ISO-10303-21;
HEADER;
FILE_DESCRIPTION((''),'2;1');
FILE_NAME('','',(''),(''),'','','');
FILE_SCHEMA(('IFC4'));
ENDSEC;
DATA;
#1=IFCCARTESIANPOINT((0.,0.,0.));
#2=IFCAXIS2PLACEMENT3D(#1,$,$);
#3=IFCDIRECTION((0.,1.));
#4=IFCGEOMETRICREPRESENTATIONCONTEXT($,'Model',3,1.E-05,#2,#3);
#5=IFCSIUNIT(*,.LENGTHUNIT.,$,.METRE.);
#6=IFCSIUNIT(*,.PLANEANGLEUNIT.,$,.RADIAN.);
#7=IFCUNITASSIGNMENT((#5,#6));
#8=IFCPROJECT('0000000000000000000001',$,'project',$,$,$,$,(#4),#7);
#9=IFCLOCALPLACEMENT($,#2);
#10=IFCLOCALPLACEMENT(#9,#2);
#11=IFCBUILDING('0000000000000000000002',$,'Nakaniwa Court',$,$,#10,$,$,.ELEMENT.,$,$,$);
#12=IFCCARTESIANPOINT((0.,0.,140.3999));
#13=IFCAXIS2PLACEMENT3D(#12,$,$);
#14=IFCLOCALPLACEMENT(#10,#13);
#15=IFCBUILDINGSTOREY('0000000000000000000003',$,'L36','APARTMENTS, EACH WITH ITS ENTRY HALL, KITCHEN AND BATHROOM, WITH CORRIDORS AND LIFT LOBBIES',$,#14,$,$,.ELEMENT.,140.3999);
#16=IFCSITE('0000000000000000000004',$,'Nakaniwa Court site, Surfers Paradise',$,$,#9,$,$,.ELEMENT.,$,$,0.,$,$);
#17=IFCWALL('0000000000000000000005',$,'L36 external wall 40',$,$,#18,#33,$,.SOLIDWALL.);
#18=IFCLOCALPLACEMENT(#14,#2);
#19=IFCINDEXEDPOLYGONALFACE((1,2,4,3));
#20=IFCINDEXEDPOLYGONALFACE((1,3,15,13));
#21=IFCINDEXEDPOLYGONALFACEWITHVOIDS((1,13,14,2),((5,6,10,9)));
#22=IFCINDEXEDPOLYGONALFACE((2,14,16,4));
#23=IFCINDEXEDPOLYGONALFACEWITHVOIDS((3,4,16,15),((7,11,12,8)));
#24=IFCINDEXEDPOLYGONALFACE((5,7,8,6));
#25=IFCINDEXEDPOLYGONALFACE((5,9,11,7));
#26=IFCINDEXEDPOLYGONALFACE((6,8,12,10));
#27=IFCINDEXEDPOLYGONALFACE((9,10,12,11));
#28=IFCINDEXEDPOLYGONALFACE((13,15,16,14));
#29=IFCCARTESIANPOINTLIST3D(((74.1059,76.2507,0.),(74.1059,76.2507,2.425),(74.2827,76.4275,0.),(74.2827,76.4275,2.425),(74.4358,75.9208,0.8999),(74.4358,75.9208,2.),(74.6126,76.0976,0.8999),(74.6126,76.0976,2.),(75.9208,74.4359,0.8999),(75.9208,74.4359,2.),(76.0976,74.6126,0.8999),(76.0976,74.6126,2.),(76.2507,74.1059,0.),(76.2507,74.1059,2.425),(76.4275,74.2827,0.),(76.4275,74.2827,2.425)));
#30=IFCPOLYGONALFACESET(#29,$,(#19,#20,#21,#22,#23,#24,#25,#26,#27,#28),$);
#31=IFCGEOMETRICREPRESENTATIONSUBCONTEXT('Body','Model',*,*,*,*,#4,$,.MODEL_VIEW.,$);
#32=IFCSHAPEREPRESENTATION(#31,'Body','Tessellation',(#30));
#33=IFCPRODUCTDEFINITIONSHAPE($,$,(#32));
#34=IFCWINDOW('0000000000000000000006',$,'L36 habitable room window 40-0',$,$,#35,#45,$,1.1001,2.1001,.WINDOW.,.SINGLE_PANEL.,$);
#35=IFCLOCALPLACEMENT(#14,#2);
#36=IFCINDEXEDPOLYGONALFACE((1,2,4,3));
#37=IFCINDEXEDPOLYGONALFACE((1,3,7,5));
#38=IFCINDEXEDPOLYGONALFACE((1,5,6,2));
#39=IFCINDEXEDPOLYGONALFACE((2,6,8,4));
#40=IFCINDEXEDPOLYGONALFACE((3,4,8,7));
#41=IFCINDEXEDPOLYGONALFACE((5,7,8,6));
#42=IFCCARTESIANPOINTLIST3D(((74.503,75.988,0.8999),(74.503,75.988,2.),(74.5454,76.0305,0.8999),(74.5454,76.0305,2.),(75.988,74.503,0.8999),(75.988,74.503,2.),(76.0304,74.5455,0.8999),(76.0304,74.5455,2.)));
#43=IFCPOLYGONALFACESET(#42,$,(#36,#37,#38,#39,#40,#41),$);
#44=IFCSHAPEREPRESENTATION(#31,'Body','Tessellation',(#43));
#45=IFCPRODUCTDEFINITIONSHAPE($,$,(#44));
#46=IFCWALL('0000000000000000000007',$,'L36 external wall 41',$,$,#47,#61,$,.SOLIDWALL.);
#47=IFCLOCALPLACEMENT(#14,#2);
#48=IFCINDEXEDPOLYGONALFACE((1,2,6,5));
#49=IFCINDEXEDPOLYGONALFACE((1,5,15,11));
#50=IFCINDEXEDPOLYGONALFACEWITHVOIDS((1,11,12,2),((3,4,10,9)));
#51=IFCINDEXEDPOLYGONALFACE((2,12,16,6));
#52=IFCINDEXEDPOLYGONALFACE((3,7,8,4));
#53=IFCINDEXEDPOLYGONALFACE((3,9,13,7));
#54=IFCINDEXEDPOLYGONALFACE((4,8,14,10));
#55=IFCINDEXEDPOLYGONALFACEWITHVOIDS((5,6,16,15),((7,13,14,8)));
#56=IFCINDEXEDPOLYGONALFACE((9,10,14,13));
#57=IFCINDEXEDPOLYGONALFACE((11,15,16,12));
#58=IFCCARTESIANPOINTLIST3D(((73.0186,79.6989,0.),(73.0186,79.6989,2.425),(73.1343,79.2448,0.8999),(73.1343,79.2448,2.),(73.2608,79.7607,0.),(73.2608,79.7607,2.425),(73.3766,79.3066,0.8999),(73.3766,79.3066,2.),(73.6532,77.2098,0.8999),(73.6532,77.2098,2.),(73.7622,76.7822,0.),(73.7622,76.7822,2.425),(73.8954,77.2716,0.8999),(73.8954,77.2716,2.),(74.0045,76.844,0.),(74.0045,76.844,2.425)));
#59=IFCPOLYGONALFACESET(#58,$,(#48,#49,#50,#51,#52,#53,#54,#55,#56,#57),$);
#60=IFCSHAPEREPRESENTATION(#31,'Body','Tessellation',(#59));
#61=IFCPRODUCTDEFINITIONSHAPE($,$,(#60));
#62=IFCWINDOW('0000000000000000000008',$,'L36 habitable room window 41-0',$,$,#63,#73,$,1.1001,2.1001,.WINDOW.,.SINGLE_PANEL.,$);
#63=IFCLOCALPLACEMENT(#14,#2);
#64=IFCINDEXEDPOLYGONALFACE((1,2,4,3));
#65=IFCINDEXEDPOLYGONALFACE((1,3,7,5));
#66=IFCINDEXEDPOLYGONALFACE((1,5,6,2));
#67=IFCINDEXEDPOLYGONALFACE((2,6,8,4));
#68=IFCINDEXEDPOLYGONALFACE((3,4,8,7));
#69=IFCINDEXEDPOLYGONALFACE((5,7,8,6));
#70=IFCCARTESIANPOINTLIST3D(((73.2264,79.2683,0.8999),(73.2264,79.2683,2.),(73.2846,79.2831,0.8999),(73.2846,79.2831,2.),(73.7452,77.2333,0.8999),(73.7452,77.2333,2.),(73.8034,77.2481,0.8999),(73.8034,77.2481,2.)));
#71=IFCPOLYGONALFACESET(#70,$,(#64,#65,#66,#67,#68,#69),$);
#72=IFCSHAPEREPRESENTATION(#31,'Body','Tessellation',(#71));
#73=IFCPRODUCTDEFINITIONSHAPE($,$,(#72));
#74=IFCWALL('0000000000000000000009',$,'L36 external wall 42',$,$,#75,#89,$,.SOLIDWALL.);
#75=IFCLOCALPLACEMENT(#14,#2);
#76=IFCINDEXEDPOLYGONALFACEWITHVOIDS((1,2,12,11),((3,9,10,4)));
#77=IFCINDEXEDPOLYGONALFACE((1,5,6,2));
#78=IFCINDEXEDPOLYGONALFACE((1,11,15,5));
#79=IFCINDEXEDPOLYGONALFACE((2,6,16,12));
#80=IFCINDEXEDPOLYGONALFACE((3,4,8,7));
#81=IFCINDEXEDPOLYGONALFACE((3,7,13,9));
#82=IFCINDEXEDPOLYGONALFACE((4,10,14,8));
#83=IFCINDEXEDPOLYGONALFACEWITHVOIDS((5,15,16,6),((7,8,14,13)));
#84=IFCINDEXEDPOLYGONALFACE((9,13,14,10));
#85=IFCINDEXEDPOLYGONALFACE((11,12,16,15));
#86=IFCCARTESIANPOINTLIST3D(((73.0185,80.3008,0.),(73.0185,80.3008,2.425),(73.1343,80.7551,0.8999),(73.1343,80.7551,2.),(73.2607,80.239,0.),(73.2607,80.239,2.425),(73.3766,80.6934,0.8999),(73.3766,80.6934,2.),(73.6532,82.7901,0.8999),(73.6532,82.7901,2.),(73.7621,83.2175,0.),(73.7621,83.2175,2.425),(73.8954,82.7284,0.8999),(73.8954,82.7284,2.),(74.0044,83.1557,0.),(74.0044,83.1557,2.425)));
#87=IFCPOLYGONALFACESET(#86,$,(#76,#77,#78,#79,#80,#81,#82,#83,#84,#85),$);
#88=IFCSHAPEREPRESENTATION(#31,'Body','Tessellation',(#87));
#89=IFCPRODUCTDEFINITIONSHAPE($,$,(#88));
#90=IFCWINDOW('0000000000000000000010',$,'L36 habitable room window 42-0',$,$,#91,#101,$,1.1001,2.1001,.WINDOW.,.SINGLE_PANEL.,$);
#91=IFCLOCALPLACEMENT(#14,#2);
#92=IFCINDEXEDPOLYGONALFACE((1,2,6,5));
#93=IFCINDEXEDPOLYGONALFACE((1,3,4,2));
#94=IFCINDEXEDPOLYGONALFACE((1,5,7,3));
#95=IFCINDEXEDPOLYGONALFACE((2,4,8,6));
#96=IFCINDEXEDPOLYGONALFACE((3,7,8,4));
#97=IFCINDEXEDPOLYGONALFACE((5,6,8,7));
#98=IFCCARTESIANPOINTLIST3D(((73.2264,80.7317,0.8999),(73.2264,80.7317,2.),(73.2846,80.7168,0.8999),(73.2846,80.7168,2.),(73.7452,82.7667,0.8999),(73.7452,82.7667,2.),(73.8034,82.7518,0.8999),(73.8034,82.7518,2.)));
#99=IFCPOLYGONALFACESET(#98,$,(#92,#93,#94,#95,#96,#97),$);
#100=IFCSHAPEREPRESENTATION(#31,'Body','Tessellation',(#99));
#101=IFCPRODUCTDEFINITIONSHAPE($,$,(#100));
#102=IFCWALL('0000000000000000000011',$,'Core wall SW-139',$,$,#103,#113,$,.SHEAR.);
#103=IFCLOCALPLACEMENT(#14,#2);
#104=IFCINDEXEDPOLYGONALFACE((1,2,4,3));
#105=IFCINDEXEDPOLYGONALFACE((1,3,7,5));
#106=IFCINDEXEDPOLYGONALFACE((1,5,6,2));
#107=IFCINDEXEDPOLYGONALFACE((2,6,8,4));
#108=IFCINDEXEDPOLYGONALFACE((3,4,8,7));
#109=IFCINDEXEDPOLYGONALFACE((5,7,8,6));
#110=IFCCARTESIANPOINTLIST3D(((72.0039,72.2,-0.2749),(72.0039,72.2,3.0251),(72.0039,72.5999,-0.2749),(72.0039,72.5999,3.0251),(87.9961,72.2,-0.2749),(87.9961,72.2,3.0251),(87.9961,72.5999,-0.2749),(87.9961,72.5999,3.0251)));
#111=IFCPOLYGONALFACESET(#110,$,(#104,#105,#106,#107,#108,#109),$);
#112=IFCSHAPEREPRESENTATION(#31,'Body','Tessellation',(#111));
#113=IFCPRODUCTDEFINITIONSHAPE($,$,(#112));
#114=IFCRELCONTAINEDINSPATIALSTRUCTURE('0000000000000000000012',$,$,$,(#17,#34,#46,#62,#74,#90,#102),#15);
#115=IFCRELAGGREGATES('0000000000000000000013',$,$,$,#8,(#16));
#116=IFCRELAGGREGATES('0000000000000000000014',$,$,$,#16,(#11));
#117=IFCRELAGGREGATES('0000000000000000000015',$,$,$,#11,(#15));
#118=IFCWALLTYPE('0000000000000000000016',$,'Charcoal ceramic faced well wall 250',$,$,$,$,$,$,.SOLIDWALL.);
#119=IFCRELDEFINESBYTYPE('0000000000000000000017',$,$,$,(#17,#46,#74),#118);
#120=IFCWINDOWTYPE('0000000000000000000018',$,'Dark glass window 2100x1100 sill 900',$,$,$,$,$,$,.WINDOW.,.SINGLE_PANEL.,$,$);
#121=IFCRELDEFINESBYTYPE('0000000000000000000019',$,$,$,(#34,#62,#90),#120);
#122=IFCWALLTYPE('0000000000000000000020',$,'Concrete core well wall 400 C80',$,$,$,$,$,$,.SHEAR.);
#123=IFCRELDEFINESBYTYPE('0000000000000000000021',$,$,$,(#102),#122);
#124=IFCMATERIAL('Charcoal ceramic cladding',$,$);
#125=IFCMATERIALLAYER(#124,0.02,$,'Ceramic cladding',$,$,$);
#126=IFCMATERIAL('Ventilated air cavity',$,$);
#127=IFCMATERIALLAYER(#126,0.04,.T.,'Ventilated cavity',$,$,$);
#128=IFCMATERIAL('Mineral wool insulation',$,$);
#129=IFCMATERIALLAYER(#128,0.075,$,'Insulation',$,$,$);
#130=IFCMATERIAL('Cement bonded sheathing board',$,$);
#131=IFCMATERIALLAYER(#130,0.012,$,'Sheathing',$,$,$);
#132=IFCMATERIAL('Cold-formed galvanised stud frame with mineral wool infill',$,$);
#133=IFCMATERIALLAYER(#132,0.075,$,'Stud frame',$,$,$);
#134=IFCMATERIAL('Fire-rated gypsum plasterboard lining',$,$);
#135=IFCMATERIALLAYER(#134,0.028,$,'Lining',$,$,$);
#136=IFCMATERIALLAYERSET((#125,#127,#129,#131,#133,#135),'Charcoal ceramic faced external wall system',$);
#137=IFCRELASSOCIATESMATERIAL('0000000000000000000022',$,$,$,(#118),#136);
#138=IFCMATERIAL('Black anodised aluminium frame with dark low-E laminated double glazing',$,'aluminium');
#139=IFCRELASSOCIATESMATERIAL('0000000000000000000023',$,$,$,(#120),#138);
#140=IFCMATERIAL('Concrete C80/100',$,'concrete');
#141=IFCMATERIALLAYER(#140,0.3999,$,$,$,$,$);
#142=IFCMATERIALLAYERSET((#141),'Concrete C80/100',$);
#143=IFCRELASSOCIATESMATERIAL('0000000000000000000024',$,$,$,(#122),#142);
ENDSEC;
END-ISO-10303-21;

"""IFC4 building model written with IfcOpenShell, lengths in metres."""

from ifc_helpers import new_model, si_unit, direction, frame, frame_2d, origin, place, context, subcontext, project, spatial, rectangle, extrude, material, layer, layer_set, type_object, element, fill, save


model = new_model("IFC4")

# Units and contexts
model_context = context("Model", 3, precision=1e-05, world=origin(), true_north=direction((0.0, 1.0)))
body_context = subcontext(model_context, "Body", "Model", "MODEL_VIEW")
ifc_project = project(units=[si_unit("LENGTHUNIT", "METRE"), si_unit("PLANEANGLEUNIT", "RADIAN")], contexts=[model_context])

# Site, building, storey
site_placement = place(None, origin())
site = spatial("IfcSite", under=ifc_project, at=site_placement, Name="Nakaniwa Court site, Surfers Paradise", CompositionType="ELEMENT", RefElevation=0.0)
building_placement = place(site_placement, origin())
building = spatial("IfcBuilding", under=site, at=building_placement, Name="Nakaniwa Court", CompositionType="ELEMENT")
storey_placement = place(building_placement, frame((0.0, 0.0, 140.3999)))
storey = spatial("IfcBuildingStorey", under=building, at=storey_placement, Name="L36", Description="APARTMENTS, EACH WITH ITS ENTRY HALL, KITCHEN AND BATHROOM, WITH CORRIDORS AND LIFT LOBBIES", CompositionType="ELEMENT", Elevation=140.3999)

# Shared definitions
ifc_material_1 = material(Name="Concrete C80/100", Category="concrete")

# Walls, openings, windows
ifc_material_2 = material(Name="Charcoal ceramic cladding")
ifc_layer_1 = layer(ifc_material_2, 0.02, Name="Ceramic cladding")
ifc_material_3 = material(Name="Ventilated air cavity")
ifc_layer_2 = layer(ifc_material_3, 0.04, ventilated=True, Name="Ventilated cavity")
ifc_material_4 = material(Name="Mineral wool insulation")
ifc_layer_3 = layer(ifc_material_4, 0.075, Name="Insulation")
ifc_material_5 = material(Name="Cement bonded sheathing board")
ifc_layer_4 = layer(ifc_material_5, 0.012, Name="Sheathing")
ifc_material_6 = material(Name="Cold-formed galvanised stud frame with mineral wool infill")
ifc_layer_5 = layer(ifc_material_6, 0.075, Name="Stud frame")
ifc_material_7 = material(Name="Fire-rated gypsum plasterboard lining")
ifc_layer_6 = layer(ifc_material_7, 0.028, Name="Lining")
ifc_layer_set_1 = layer_set([ifc_layer_1, ifc_layer_2, ifc_layer_3, ifc_layer_4, ifc_layer_5, ifc_layer_6], Name="Charcoal ceramic faced external wall system")
wall_type_1 = type_object("IfcWallType", Name="Charcoal ceramic faced well wall 250", PredefinedType="SOLIDWALL", material=ifc_layer_set_1)
wall_1_placement = place(storey_placement, frame((76.3391, 74.1943, 0.0), z_axis=(0.0, 0.0, 1.0), x_axis=(-0.707107, 0.707107, 0.0)))
wall_1 = element("IfcWall", 1, at=wall_1_placement, inside=storey, type_object=wall_type_1, Name="L36 external wall 40", PredefinedType="SOLIDWALL", context=body_context, shape_type="SweptSolid", body=[
    extrude(rectangle(XDim=3.0332, YDim=0.25, at=frame_2d((1.5166, 0.0))), origin(), (0.0, 0.0, 1.0), 2.425),
])
opening_1_placement = place(wall_1_placement, frame((0.4666, 0.0, 0.8999)))
opening_1 = element("IfcOpeningElement", 2, at=opening_1_placement, cuts=wall_1, PredefinedType="OPENING", context=body_context, shape_type="SweptSolid", body=[
    extrude(rectangle(XDim=2.1001, YDim=1.1001, at=frame_2d((1.05, 0.55))), frame((0.0, 0.135, 0.0), z_axis=(0.0, -1.0, 0.0), x_axis=(1.0, 0.0, 0.0)), (0.0, 0.0, 1.0), 0.27),
])
ifc_material_8 = material(Name="Black anodised aluminium frame with dark low-E laminated double glazing", Category="aluminium")
window_type = type_object("IfcWindowType", Name="Dark glass window 2100x1100 sill 900", PartitioningType="SINGLE_PANEL", PredefinedType="WINDOW", material=ifc_material_8)
window_1_placement = place(opening_1_placement, origin())
window_1 = element("IfcWindow", 3, at=window_1_placement, inside=storey, type_object=window_type, Name="L36 habitable room window 40-0", OverallHeight=1.1001, OverallWidth=2.1001, PartitioningType="SINGLE_PANEL", PredefinedType="WINDOW", context=body_context, shape_type="SweptSolid", body=[
    extrude(rectangle(XDim=2.1001, YDim=1.1001, at=frame_2d((1.05, 0.55))), frame((0.0, 0.03, 0.0), z_axis=(0.0, -1.0, 0.0), x_axis=(1.0, 0.0, 0.0)), (0.0, 0.0, 1.0), 0.0601),
])
fill(opening_1, window_1)
wall_2_placement = place(storey_placement, frame((73.8833, 76.8132, 0.0), z_axis=(0.0, 0.0, 1.0), x_axis=(-0.247056, 0.969001, 0.0)))
wall_2 = element("IfcWall", 4, at=wall_2_placement, inside=storey, type_object=wall_type_1, Name="L36 external wall 41", PredefinedType="SOLIDWALL", context=body_context, shape_type="SweptSolid", body=[
    extrude(rectangle(XDim=3.01, YDim=0.25, at=frame_2d((1.5049, 0.0))), origin(), (0.0, 0.0, 1.0), 2.425),
])
opening_2_placement = place(wall_2_placement, frame((0.4412, 0.0, 0.8999)))
opening_2 = element("IfcOpeningElement", 5, at=opening_2_placement, cuts=wall_2, PredefinedType="OPENING", context=body_context, shape_type="SweptSolid", body=[
    extrude(rectangle(XDim=2.1001, YDim=1.1001, at=frame_2d((1.05, 0.55))), frame((0.0, 0.135, 0.0), z_axis=(0.0, -1.0, 0.0), x_axis=(1.0, 0.0, 0.0)), (0.0, 0.0, 1.0), 0.27),
])
window_2_placement = place(opening_2_placement, origin())
window_2 = element("IfcWindow", 6, at=window_2_placement, inside=storey, type_object=window_type, Name="L36 habitable room window 41-0", OverallHeight=1.1001, OverallWidth=2.1001, PartitioningType="SINGLE_PANEL", PredefinedType="WINDOW", context=body_context, shape_type="SweptSolid", body=[
    extrude(rectangle(XDim=2.1001, YDim=1.1001, at=frame_2d((1.05, 0.55))), frame((0.0, 0.03, 0.0), z_axis=(0.0, -1.0, 0.0), x_axis=(1.0, 0.0, 0.0)), (0.0, 0.0, 1.0), 0.0601),
])
fill(opening_2, window_2)
wall_3_placement = place(storey_placement, frame((73.1396, 80.27, 0.0), z_axis=(0.0, 0.0, 1.0), x_axis=(0.247056, 0.969001, 0.0)))
wall_3 = element("IfcWall", 7, at=wall_3_placement, inside=storey, type_object=wall_type_1, Name="L36 external wall 42", PredefinedType="SOLIDWALL", context=body_context, shape_type="SweptSolid", body=[
    extrude(rectangle(XDim=3.01, YDim=0.25, at=frame_2d((1.5049, 0.0))), origin(), (0.0, 0.0, 1.0), 2.425),
])
opening_3_placement = place(wall_3_placement, frame((0.4688, 0.0, 0.8999)))
opening_3 = element("IfcOpeningElement", 8, at=opening_3_placement, cuts=wall_3, PredefinedType="OPENING", context=body_context, shape_type="SweptSolid", body=[
    extrude(rectangle(XDim=2.1001, YDim=1.1001, at=frame_2d((1.05, 0.55))), frame((0.0, 0.135, 0.0), z_axis=(0.0, -1.0, 0.0), x_axis=(1.0, 0.0, 0.0)), (0.0, 0.0, 1.0), 0.27),
])
window_3_placement = place(opening_3_placement, origin())
window_3 = element("IfcWindow", 9, at=window_3_placement, inside=storey, type_object=window_type, Name="L36 habitable room window 42-0", OverallHeight=1.1001, OverallWidth=2.1001, PartitioningType="SINGLE_PANEL", PredefinedType="WINDOW", context=body_context, shape_type="SweptSolid", body=[
    extrude(rectangle(XDim=2.1001, YDim=1.1001, at=frame_2d((1.05, 0.55))), frame((0.0, 0.03, 0.0), z_axis=(0.0, -1.0, 0.0), x_axis=(1.0, 0.0, 0.0)), (0.0, 0.0, 1.0), 0.0601),
])
fill(opening_3, window_3)

# Wall
ifc_layer_7 = layer(ifc_material_1, 0.3999)
ifc_layer_set_2 = layer_set([ifc_layer_7], Name="Concrete C80/100")
wall_type_2 = type_object("IfcWallType", Name="Concrete core well wall 400 C80", PredefinedType="SHEAR", material=ifc_layer_set_2)
wall_4_placement = place(storey_placement, frame((72.0039, 72.3999, -0.2749), z_axis=(0.0, 0.0, 1.0), x_axis=(1.0, 0.0, 0.0)))
element("IfcWall", 10, at=wall_4_placement, inside=storey, type_object=wall_type_2, Name="Core wall SW-139", PredefinedType="SHEAR", context=body_context, shape_type="SweptSolid", body=[
    extrude(rectangle(XDim=15.9922, YDim=0.3999, at=frame_2d((7.9961, 0.0))), origin(), (0.0, 0.0, 1.0), 3.3),
])

save(model, "model.ifc")
